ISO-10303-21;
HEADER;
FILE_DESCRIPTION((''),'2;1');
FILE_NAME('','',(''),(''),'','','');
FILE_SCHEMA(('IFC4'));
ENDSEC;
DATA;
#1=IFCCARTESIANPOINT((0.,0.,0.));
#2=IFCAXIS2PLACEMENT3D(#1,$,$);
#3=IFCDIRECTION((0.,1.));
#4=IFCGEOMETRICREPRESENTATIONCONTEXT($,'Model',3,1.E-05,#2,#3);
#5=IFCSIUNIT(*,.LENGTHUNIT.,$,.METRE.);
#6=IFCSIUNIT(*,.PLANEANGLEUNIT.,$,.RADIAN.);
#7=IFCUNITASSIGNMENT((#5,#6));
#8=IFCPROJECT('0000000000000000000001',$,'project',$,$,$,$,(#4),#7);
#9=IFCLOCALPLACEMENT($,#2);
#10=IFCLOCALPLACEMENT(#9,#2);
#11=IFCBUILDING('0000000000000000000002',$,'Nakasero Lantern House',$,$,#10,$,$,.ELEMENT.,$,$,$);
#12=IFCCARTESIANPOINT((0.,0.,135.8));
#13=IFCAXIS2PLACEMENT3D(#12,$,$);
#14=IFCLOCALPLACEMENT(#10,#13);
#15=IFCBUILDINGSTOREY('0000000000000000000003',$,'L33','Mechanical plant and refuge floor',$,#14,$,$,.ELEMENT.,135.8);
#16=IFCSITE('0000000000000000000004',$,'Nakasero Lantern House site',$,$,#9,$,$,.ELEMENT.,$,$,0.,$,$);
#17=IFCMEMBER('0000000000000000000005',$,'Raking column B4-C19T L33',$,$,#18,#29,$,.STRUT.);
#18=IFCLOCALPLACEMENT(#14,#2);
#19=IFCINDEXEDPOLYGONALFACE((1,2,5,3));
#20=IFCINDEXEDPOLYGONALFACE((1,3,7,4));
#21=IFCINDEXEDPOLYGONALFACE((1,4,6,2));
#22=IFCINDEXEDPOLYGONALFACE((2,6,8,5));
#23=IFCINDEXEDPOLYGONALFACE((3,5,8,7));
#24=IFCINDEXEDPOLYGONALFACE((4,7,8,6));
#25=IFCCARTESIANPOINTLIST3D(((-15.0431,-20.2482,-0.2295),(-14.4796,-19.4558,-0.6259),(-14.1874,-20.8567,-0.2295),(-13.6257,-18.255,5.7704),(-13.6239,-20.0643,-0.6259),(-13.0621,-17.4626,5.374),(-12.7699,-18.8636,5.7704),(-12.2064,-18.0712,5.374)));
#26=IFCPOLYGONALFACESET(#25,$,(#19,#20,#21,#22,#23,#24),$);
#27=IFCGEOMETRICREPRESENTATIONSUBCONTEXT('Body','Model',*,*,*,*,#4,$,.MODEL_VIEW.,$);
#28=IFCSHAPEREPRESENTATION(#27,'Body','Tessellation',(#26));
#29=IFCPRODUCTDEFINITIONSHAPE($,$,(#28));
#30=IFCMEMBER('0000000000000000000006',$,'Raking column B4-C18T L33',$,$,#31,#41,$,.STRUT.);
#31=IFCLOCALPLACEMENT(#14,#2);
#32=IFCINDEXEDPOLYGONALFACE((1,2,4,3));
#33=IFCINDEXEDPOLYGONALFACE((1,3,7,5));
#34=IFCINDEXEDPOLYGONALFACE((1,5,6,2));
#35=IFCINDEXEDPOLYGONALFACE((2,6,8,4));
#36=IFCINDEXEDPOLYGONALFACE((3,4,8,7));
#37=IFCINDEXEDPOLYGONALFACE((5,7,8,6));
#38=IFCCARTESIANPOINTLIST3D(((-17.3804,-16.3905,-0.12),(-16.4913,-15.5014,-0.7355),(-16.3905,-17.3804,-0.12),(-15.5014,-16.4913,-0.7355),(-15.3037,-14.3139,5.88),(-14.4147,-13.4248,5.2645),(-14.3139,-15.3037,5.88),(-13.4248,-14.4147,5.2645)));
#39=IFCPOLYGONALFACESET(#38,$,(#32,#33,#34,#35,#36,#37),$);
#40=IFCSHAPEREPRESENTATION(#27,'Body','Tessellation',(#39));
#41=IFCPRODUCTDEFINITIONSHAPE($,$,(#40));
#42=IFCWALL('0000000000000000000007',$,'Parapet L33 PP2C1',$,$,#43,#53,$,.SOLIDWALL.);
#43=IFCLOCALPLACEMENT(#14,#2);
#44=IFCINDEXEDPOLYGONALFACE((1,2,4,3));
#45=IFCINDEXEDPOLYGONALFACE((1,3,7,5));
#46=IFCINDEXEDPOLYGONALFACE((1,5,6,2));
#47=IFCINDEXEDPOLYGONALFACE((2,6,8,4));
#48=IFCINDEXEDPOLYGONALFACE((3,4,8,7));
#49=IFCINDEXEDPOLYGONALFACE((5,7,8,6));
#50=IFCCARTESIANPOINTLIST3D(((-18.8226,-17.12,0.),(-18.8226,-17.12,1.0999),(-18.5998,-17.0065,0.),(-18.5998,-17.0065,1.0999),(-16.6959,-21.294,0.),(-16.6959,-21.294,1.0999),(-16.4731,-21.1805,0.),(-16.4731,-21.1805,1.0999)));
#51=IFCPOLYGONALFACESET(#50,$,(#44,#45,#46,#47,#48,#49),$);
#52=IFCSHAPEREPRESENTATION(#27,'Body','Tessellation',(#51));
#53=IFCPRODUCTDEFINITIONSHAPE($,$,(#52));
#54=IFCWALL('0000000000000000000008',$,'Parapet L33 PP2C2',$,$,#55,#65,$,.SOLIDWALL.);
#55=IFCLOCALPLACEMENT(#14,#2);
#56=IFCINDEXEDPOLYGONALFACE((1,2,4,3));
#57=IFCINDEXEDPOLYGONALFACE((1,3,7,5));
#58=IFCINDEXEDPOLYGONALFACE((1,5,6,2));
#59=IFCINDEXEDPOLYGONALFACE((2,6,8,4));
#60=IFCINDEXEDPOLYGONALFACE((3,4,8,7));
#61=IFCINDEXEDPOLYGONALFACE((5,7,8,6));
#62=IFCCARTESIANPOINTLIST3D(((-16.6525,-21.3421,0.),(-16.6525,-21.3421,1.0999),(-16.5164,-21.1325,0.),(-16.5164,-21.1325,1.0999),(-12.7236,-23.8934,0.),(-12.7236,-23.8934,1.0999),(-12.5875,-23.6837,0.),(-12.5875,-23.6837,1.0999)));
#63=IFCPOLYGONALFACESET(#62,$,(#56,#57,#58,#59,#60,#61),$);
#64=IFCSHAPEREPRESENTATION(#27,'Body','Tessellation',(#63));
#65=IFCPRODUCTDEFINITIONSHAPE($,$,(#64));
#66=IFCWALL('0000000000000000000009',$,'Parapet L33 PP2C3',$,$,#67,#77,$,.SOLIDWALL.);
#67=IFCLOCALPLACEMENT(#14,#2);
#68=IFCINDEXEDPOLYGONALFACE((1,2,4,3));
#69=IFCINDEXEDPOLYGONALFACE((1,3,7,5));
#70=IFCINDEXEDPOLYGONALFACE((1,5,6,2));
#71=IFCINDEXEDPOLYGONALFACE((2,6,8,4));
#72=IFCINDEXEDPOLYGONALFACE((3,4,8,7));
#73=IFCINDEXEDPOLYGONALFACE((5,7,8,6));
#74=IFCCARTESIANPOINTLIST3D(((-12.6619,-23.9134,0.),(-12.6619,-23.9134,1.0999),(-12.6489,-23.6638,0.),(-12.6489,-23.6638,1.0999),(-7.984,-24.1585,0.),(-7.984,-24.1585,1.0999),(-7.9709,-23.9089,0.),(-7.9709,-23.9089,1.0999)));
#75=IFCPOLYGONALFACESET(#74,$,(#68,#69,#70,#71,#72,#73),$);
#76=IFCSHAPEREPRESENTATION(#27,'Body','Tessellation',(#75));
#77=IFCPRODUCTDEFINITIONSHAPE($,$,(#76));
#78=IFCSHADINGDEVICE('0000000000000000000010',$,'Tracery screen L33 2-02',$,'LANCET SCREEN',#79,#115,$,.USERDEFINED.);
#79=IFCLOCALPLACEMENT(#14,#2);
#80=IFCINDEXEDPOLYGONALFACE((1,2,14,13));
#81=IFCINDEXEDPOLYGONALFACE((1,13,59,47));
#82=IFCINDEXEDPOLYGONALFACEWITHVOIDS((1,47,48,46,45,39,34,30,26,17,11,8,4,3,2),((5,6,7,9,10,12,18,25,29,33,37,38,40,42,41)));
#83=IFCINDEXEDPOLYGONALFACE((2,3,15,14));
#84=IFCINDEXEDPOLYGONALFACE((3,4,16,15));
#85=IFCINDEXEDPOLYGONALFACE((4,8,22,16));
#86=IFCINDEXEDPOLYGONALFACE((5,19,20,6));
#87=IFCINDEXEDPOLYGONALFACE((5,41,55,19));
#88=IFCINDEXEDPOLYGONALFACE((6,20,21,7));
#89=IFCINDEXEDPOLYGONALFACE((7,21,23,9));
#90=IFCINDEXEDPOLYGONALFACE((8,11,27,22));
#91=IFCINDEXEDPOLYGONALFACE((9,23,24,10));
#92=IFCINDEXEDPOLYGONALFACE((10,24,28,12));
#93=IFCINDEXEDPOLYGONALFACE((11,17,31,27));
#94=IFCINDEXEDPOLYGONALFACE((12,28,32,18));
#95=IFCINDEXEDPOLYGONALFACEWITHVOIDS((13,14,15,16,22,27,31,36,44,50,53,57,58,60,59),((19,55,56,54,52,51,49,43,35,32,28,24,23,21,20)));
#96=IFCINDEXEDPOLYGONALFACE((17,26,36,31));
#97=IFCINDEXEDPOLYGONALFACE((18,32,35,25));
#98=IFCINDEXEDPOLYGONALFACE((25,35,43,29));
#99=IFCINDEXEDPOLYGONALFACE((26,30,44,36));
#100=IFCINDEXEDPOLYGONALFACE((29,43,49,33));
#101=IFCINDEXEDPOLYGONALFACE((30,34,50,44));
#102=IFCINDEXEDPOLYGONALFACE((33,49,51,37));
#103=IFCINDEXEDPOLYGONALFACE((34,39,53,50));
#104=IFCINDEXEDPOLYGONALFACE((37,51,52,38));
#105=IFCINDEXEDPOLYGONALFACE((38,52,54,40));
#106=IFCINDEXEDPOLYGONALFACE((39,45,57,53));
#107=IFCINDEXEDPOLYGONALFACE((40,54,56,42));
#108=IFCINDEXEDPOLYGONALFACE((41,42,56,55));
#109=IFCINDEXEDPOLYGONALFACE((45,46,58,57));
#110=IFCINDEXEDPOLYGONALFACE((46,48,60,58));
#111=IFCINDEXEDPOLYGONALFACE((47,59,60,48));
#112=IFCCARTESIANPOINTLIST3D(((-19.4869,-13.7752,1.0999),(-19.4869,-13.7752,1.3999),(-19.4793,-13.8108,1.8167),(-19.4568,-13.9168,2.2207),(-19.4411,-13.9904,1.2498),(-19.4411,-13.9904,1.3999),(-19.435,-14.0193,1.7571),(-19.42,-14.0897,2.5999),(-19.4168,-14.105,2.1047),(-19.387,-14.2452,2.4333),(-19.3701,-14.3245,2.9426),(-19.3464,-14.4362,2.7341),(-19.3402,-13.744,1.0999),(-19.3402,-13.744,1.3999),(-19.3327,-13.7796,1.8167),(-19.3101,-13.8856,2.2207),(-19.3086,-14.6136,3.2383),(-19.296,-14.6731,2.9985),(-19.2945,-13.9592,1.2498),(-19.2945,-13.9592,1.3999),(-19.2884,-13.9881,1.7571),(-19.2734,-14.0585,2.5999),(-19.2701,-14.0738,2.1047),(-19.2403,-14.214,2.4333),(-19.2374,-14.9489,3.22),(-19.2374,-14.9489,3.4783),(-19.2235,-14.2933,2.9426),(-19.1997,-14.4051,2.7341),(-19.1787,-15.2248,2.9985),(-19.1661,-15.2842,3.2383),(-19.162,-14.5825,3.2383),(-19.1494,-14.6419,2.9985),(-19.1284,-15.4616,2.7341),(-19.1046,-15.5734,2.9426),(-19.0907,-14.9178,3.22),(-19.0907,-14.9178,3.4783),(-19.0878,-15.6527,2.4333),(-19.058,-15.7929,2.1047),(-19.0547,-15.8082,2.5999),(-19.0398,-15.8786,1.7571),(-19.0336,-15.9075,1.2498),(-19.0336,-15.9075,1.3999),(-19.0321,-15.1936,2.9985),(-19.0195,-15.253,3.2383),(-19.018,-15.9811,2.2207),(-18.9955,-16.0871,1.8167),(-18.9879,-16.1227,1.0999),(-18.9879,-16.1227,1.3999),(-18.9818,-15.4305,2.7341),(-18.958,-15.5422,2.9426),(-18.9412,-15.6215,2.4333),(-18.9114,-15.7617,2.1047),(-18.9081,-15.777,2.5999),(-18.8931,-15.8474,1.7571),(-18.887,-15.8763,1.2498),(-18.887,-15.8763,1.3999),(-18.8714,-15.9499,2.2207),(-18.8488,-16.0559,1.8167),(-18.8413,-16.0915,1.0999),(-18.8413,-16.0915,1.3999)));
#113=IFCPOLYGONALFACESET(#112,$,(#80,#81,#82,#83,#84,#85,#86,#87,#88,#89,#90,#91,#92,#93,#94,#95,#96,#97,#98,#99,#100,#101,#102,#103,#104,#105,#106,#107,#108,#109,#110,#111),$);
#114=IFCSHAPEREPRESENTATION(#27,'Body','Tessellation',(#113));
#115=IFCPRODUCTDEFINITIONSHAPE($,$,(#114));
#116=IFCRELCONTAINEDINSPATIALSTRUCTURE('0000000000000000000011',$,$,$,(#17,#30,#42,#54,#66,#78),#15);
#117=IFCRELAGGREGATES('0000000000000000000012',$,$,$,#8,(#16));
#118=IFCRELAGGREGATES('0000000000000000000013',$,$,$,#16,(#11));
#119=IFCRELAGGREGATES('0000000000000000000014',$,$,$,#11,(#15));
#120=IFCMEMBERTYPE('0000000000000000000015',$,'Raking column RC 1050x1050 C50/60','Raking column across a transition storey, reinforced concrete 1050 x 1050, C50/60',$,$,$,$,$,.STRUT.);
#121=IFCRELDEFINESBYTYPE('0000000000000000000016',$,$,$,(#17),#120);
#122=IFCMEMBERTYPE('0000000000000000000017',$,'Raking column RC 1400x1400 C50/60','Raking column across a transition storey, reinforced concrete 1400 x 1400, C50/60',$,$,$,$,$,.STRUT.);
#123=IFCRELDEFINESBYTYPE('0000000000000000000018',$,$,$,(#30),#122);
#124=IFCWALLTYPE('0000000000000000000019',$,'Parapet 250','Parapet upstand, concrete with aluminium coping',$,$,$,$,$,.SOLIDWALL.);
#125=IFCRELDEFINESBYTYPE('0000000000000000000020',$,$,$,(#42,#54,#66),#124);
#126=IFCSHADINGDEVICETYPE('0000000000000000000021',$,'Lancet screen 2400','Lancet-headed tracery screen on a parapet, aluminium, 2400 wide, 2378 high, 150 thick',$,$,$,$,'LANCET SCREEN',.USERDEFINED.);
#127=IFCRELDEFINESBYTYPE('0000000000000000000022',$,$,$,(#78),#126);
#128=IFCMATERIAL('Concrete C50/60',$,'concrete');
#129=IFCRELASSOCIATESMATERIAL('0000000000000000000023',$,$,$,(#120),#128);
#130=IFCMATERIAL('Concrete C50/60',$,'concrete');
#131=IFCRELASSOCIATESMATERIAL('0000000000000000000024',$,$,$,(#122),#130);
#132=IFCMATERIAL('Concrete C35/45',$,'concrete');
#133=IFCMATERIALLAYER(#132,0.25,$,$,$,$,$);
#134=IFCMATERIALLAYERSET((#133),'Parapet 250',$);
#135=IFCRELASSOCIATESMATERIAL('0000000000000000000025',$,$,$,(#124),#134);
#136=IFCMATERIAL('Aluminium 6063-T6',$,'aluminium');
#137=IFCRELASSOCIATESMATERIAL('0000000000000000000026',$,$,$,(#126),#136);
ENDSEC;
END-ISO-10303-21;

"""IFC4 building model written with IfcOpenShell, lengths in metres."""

from ifc_helpers import new_model, si_unit, direction, frame, frame_2d, origin, origin_2d, place, context, subcontext, project, spatial, polyline, rectangle, outline, extrude, material, layer, layer_set, material_profile, profile_set, type_object, element, save


model = new_model("IFC4")

# Units and contexts
model_context = context("Model", 3, precision=1e-05, world=origin(), true_north=direction((0.0, 1.0)))
body_context = subcontext(model_context, "Body", "Model", "MODEL_VIEW")
ifc_project = project(units=[si_unit("LENGTHUNIT", "METRE"), si_unit("PLANEANGLEUNIT", "RADIAN")], contexts=[model_context])

# Site, building, storey
site_placement = place(None, origin())
site = spatial("IfcSite", under=ifc_project, at=site_placement, Name="Nakasero Lantern House site", CompositionType="ELEMENT", RefElevation=0.0)
building_placement = place(site_placement, origin())
building = spatial("IfcBuilding", under=site, at=building_placement, Name="Nakasero Lantern House", CompositionType="ELEMENT")
storey_placement = place(building_placement, frame((0.0, 0.0, 135.8)))
storey = spatial("IfcBuildingStorey", under=building, at=storey_placement, Name="L33", Description="Mechanical plant and refuge floor", CompositionType="ELEMENT", Elevation=135.8)

# Members
ifc_material_1 = material(Name="Concrete C50/60", Category="concrete")
ifc_material_profile_1 = material_profile(ifc_material_1, rectangle(XDim=1.05, YDim=1.05, at=origin_2d()), Name="RC 1050x1050")
ifc_profile_set_1 = profile_set([ifc_material_profile_1], Name="Concrete C50/60")
member_type_1 = type_object("IfcMemberType", Name="Raking column RC 1050x1050 C50/60", Description="Raking column across a transition storey, reinforced concrete 1050 x 1050, C50/60", PredefinedType="STRUT", material=ifc_profile_set_1)
member_1_placement = place(storey_placement, frame((-14.3335, -20.1562, -0.4277), z_axis=(0.218769, 0.307618, 0.926019), x_axis=(-0.814932, 0.579556, 0.0)))
element("IfcMember", 1, at=member_1_placement, inside=storey, type_object=member_type_1, Name="Raking column B4-C19T L33", PredefinedType="STRUT", context=body_context, shape_type="SweptSolid", body=[
    extrude(rectangle(XDim=1.05, YDim=1.05, at=origin_2d()), origin(), (0.0, 0.0, 1.0), 6.4792),
])
ifc_material_2 = material(Name="Concrete C50/60", Category="concrete")
ifc_material_profile_2 = material_profile(ifc_material_2, rectangle(XDim=1.3999, YDim=1.3999, at=origin_2d()), Name="RC 1400x1400")
ifc_profile_set_2 = profile_set([ifc_material_profile_2], Name="Concrete C50/60")
member_type_2 = type_object("IfcMemberType", Name="Raking column RC 1400x1400 C50/60", Description="Raking column across a transition storey, reinforced concrete 1400 x 1400, C50/60", PredefinedType="STRUT", material=ifc_profile_set_2)
member_2_placement = place(storey_placement, frame((-16.4409, -16.4409, -0.4277), z_axis=(0.310868, 0.310868, 0.898177), x_axis=(-0.707107, 0.707107, 0.0)))
element("IfcMember", 2, at=member_2_placement, inside=storey, type_object=member_type_2, Name="Raking column B4-C18T L33", PredefinedType="STRUT", context=body_context, shape_type="SweptSolid", body=[
    extrude(rectangle(XDim=1.3999, YDim=1.3999, at=origin_2d()), origin(), (0.0, 0.0, 1.0), 6.6802),
])

# Walls
ifc_material_3 = material(Name="Concrete C35/45", Category="concrete")
ifc_layer = layer(ifc_material_3, 0.25)
ifc_layer_set = layer_set([ifc_layer], Name="Parapet 250")
wall_type = type_object("IfcWallType", Name="Parapet 250", Description="Parapet upstand, concrete with aluminium coping", PredefinedType="SOLIDWALL", material=ifc_layer_set)
for number, where, z_axis, x_axis, name in (
    (3, (-18.7112, -17.0632, 0.0), (0.0, 0.0, 1.0), (0.453976, -0.891014, 0.0), "Parapet L33 PP2C1"),
    (4, (-16.5845, -21.2373, 0.0), (0.0, 0.0, 1.0), (0.838692, -0.544605, 0.0), "Parapet L33 PP2C2"),
):
    element("IfcWall", number, at=place(storey_placement, frame(where, z_axis=z_axis, x_axis=x_axis)), inside=storey, type_object=wall_type, Name=name, PredefinedType="SOLIDWALL", context=body_context, shape_type="SweptSolid", body=[
        extrude(rectangle(XDim=4.6846, YDim=0.25, at=frame_2d((2.3423, 0.0))), origin(), (0.0, 0.0, 1.0), 1.0999),
    ])
wall_placement = place(storey_placement, frame((-12.6555, -23.7886, 0.0), z_axis=(0.0, 0.0, 1.0), x_axis=(0.99863, -0.052326, 0.0)))
element("IfcWall", 5, at=wall_placement, inside=storey, type_object=wall_type, Name="Parapet L33 PP2C3", PredefinedType="SOLIDWALL", context=body_context, shape_type="SweptSolid", body=[
    extrude(rectangle(XDim=4.6843, YDim=0.25, at=frame_2d((2.3423, 0.0))), origin(), (0.0, 0.0, 1.0), 1.0999),
])

# Shading device
ifc_material_4 = material(Name="Aluminium 6063-T6", Category="aluminium")
shading_device_type = type_object("IfcShadingDeviceType", Name="Lancet screen 2400", Description="Lancet-headed tracery screen on a parapet, aluminium, 2400 wide, 2378 high, 150 thick", ElementType="LANCET SCREEN", PredefinedType="USERDEFINED", material=ifc_material_4)
shading_device_placement = place(storey_placement, frame((-19.1641, -14.9333, 1.0999), z_axis=(0.0, 0.0, 1.0), x_axis=(0.207912, -0.978148, 0.0)))
element("IfcShadingDevice", 6, at=shading_device_placement, inside=storey, type_object=shading_device_type, Name="Tracery screen L33 2-02", ObjectType="LANCET SCREEN", PredefinedType="USERDEFINED", context=body_context, shape_type="SweptSolid", body=[
    extrude(outline(polyline([(-1.2, 0.0), (1.2, 0.0), (1.2, 0.3), (1.1636, 0.7168), (1.0552, 1.1208), (0.8784, 1.5), (0.6384, 1.8428), (0.3428, 2.1384), (0.0, 2.3784), (-0.3428, 2.1384), (-0.6384, 1.8428), (-0.8784, 1.5), (-1.0552, 1.1208), (-1.1636, 0.7168), (-1.2, 0.3), (-1.2, 0.0)]), holes=[polyline([(-0.98, 0.1499), (0.98, 0.1499), (0.98, 0.3), (0.9504, 0.6572), (0.8628, 1.0049), (0.7195, 1.3335), (0.5242, 1.6343), (0.282, 1.8987), (0.0, 2.1201), (-0.282, 1.8987), (-0.5242, 1.6343), (-0.7195, 1.3335), (-0.8628, 1.0049), (-0.9504, 0.6572), (-0.98, 0.3), (-0.98, 0.1499)])]), frame((0.0, 0.075, 0.0), z_axis=(0.0, -1.0, 0.0), x_axis=(1.0, 0.0, 0.0)), (0.0, 0.0, 1.0), 0.1499),
])

save(model, "model.ifc")
